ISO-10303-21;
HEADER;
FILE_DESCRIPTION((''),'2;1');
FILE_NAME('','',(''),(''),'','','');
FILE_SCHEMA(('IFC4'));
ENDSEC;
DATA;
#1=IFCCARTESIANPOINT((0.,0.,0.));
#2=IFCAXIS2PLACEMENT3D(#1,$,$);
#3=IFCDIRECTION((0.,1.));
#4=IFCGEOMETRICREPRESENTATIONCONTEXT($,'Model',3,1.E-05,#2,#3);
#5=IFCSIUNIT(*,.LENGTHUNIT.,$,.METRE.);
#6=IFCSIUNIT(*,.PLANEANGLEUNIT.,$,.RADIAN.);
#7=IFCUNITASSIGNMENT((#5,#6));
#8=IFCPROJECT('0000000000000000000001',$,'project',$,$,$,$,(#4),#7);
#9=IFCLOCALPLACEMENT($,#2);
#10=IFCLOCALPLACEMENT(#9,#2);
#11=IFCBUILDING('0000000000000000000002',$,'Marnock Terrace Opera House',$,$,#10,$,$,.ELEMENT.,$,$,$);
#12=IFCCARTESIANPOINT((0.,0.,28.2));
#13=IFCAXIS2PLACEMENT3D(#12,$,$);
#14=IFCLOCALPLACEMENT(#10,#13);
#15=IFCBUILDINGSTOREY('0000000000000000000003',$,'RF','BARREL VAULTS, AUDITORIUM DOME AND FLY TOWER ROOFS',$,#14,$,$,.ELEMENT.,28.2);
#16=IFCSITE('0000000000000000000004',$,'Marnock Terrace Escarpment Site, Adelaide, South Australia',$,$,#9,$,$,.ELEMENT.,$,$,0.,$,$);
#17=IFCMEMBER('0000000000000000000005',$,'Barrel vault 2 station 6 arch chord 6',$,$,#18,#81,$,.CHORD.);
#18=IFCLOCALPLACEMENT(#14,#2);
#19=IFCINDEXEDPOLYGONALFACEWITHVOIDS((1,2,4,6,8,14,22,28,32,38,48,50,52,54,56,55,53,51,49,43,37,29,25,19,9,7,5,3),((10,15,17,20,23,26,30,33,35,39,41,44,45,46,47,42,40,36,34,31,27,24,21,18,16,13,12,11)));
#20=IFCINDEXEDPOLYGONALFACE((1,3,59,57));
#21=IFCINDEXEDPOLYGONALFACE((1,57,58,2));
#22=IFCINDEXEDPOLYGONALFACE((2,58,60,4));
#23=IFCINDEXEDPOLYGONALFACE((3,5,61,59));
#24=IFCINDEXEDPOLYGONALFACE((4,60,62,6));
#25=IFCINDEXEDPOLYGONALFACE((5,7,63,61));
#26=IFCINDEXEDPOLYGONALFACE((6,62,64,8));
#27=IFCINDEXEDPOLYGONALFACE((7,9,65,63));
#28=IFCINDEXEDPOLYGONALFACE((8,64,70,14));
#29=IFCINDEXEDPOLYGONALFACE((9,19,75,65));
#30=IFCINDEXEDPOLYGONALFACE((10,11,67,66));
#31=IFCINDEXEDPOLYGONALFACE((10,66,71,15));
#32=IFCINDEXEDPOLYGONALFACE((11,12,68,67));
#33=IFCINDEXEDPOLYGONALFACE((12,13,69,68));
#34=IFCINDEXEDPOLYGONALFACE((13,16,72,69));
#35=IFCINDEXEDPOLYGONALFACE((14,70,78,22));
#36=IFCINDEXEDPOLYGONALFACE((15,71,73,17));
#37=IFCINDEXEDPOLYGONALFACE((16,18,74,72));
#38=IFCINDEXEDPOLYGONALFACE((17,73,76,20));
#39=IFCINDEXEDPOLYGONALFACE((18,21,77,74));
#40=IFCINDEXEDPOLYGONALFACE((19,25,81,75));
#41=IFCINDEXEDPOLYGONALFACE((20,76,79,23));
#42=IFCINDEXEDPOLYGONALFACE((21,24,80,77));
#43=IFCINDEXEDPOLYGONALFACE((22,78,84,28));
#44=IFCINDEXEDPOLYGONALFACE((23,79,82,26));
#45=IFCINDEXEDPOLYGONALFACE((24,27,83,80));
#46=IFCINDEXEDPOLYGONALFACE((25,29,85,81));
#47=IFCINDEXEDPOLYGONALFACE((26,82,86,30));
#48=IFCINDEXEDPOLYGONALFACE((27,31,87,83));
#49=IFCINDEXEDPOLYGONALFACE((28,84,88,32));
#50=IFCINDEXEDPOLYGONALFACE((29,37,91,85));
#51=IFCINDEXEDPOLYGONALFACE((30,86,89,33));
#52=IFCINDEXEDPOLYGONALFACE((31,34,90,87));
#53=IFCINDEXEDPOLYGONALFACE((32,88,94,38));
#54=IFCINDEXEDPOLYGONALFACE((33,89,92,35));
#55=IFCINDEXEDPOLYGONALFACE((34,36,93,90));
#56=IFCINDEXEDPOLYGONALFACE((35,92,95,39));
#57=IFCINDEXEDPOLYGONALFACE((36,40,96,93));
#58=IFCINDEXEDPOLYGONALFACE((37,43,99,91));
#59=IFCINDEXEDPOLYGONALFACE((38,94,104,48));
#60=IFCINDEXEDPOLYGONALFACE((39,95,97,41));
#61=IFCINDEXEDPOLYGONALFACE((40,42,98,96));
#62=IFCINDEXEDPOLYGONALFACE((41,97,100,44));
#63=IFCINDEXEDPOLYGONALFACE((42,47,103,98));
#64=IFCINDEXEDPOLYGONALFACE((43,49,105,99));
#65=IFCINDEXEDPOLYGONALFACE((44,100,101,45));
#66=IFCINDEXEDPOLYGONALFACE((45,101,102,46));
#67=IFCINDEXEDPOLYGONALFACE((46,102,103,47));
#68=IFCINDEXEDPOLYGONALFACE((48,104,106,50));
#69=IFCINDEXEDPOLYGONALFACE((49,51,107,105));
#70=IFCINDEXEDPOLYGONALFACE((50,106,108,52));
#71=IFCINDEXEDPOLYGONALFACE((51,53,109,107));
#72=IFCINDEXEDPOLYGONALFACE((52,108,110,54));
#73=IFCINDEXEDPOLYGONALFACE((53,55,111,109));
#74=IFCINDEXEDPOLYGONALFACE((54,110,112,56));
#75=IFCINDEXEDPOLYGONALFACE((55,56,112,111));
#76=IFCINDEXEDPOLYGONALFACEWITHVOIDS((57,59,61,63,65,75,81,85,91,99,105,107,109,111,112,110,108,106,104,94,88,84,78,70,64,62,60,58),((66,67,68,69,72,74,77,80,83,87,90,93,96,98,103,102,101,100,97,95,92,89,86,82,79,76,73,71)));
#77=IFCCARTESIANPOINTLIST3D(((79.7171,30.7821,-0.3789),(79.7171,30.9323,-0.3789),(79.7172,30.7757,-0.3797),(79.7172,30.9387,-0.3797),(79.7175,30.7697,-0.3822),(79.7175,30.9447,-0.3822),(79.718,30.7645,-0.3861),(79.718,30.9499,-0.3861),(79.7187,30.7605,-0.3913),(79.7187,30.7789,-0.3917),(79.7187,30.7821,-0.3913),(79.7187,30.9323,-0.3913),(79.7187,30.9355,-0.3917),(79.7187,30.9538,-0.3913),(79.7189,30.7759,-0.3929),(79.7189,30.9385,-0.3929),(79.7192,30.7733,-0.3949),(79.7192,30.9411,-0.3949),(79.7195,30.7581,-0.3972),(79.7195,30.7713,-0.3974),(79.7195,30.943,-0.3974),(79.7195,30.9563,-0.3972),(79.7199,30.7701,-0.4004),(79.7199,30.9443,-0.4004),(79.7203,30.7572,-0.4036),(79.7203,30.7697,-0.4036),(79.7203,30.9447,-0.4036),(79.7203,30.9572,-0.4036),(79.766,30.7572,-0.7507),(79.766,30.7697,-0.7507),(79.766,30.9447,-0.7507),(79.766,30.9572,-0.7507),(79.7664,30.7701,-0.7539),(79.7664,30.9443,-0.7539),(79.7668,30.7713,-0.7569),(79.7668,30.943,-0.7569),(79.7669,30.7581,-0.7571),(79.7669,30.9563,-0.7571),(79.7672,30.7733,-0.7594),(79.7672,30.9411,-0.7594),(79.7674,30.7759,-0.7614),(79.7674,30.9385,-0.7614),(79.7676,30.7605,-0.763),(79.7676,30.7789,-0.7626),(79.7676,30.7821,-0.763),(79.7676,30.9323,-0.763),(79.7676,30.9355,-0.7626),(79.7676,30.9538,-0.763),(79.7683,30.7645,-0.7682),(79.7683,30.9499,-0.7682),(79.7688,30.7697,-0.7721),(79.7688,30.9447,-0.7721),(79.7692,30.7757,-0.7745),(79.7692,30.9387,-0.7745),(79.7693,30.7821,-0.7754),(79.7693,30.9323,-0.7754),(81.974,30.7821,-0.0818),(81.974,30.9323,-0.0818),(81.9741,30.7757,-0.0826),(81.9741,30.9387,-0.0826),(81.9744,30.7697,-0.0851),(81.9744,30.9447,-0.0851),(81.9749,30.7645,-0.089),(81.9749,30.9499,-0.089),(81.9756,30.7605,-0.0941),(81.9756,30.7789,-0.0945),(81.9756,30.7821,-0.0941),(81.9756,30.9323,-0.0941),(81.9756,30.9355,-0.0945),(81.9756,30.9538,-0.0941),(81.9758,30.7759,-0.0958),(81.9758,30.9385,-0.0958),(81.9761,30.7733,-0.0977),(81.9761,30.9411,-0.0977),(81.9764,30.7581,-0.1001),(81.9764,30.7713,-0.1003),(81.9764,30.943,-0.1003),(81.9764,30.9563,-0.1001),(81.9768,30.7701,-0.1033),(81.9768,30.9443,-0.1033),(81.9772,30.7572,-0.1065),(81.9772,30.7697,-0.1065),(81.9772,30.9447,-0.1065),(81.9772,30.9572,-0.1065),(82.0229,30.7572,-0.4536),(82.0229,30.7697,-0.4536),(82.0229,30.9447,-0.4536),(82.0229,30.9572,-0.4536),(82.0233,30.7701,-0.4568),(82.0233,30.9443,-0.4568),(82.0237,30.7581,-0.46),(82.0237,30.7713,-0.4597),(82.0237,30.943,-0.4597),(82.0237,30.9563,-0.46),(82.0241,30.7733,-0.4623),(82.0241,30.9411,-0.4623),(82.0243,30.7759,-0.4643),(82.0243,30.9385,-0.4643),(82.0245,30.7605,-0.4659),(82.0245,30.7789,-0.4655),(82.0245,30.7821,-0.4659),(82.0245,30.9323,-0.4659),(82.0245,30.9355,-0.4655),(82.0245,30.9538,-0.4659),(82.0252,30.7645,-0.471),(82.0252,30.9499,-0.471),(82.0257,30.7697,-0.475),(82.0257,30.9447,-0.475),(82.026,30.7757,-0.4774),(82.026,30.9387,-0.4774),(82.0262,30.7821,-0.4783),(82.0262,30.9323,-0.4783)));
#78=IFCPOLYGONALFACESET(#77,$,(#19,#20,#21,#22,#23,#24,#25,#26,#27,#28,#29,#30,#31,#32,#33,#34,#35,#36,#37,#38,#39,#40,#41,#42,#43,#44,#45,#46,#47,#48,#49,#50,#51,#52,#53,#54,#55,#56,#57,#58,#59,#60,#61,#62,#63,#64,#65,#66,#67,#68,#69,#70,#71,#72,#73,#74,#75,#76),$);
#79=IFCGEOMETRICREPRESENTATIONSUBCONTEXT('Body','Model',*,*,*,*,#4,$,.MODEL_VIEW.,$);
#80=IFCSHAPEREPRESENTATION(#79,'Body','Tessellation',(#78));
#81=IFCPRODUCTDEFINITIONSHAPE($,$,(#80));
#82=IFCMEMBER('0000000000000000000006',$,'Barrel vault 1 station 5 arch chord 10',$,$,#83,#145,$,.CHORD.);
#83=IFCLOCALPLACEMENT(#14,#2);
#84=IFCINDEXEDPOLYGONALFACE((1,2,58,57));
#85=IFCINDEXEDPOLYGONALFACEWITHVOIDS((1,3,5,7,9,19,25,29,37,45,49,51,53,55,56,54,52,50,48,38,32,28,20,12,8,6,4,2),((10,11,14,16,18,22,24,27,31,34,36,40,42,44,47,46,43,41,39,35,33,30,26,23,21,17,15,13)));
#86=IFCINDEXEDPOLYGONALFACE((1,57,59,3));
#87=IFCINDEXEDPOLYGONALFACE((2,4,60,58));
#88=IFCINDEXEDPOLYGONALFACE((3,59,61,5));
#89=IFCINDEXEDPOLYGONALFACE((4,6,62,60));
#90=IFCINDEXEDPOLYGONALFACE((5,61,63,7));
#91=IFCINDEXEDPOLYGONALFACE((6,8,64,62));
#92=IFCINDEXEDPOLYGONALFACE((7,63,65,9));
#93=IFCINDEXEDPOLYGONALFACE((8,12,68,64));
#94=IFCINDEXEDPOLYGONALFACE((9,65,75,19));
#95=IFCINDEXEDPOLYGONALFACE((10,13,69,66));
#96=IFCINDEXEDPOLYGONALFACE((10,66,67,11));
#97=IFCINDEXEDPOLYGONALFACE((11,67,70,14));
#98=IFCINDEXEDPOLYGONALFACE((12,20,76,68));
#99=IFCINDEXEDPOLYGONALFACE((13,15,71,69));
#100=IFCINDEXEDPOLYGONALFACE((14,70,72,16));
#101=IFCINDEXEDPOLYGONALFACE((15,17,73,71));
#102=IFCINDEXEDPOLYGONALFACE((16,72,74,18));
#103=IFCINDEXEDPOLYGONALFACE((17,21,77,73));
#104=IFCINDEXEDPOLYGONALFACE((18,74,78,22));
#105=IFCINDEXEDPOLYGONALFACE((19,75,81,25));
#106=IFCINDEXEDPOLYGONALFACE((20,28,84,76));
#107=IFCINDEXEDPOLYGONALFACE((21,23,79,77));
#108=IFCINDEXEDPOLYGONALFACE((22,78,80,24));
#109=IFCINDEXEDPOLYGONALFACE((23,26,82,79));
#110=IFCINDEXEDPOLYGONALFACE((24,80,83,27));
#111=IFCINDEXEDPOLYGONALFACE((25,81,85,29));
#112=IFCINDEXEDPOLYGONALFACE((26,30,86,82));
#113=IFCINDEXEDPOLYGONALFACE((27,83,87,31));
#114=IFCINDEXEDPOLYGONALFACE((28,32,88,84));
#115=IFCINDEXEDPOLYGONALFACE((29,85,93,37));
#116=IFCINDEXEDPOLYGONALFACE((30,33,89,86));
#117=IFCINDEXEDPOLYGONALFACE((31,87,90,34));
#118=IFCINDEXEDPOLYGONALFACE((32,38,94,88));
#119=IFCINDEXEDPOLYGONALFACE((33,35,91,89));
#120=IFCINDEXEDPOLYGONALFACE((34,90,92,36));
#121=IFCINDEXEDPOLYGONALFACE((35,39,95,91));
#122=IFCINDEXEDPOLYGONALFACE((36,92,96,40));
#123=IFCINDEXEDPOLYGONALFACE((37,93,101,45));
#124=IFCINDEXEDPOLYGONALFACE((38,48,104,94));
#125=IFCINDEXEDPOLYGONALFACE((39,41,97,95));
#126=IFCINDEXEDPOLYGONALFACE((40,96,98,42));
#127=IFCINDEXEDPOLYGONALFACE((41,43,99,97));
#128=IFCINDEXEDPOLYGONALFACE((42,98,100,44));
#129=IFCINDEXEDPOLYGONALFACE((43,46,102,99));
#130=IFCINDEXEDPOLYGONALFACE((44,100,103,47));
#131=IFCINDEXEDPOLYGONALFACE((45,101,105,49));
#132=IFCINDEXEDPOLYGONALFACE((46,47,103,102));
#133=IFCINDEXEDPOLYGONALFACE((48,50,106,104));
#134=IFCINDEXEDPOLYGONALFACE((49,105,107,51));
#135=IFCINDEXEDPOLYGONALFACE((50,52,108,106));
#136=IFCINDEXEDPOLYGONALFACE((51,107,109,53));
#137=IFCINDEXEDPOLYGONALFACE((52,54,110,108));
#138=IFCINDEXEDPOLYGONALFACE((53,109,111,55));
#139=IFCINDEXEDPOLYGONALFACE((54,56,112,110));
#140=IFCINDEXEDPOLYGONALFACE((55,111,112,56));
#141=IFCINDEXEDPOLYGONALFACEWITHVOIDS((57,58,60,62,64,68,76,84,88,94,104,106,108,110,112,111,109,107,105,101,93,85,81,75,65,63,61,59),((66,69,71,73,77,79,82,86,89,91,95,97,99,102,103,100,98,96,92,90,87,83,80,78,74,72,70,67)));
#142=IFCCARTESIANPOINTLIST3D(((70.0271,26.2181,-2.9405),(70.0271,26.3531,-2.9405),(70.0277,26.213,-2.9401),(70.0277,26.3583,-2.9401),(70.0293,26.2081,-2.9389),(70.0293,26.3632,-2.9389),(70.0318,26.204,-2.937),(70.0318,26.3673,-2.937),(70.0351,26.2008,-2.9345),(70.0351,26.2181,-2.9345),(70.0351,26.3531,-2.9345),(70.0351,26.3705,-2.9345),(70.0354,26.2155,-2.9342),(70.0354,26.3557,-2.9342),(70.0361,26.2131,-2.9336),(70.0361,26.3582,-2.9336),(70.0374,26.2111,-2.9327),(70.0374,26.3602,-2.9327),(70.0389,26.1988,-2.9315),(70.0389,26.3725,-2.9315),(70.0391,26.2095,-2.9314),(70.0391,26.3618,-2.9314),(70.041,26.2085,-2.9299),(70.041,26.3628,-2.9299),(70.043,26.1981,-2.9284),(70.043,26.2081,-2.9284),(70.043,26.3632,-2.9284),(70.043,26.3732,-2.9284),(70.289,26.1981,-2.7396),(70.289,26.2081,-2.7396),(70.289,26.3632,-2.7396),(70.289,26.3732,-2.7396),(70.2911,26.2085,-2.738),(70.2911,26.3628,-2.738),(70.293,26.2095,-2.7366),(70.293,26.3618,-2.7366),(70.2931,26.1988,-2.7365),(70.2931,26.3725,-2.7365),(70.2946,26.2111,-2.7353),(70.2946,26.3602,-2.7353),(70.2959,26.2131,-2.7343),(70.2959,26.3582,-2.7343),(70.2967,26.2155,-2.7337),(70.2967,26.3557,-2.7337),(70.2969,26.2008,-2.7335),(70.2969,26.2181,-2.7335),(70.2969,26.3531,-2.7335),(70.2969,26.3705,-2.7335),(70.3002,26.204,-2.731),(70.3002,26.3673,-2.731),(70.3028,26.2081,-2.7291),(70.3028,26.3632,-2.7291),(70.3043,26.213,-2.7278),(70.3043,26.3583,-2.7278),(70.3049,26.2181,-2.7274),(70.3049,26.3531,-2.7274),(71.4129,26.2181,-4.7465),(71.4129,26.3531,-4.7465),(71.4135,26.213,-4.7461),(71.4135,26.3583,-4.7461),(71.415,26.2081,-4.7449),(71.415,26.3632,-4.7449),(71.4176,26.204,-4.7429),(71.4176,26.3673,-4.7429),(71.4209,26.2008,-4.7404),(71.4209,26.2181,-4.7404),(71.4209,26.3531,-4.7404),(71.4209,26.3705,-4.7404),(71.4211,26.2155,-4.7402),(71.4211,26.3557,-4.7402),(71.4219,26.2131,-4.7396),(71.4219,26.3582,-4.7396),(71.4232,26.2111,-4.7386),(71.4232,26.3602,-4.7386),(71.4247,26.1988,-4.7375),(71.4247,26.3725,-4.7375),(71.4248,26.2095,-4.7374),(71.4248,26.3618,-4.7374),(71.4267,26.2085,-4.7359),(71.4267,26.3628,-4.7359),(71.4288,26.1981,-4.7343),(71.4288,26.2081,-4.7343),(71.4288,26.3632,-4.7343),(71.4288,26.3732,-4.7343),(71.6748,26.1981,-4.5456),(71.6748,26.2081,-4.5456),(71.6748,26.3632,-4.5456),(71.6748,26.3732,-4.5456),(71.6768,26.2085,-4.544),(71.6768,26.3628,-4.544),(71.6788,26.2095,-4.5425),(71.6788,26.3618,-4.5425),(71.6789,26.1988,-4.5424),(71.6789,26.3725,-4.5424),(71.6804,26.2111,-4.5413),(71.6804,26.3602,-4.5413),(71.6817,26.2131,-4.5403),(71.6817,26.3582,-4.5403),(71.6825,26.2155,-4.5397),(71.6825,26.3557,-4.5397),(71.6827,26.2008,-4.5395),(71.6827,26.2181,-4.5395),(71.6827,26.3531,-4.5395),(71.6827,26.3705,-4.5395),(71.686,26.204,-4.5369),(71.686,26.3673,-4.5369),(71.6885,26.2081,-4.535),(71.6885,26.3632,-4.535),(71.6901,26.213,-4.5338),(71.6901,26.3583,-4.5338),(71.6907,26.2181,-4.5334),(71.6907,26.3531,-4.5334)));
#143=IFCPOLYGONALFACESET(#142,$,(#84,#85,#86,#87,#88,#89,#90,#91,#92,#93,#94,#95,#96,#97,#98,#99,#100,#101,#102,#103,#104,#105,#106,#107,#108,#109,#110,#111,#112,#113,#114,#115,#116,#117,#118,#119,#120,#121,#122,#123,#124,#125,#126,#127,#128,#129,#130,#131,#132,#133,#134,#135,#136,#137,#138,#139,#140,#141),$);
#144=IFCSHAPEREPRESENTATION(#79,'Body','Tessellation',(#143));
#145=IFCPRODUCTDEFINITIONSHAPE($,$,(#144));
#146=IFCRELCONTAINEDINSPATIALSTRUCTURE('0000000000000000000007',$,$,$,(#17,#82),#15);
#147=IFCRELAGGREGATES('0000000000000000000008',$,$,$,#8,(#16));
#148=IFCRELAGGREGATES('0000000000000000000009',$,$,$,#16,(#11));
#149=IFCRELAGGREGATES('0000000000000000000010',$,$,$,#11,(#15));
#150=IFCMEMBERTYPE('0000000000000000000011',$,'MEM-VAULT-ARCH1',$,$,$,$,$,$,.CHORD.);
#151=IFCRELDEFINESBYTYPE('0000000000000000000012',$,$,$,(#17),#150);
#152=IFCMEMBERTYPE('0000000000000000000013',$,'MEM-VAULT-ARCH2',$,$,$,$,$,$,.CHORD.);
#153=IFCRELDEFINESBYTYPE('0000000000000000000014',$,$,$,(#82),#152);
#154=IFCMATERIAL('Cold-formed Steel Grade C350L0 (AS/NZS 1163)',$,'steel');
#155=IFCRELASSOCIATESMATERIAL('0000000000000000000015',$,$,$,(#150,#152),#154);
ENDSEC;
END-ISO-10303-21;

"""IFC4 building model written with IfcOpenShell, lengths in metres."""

from ifc_helpers import new_model, si_unit, direction, frame, origin, origin_2d, place, context, subcontext, project, spatial, hollow_rectangle, extrude, material, material_profile, profile_set, type_object, element, save


model = new_model("IFC4")

# Units and contexts
model_context = context("Model", 3, precision=1e-05, world=origin(), true_north=direction((0.0, 1.0)))
body_context = subcontext(model_context, "Body", "Model", "MODEL_VIEW")
ifc_project = project(units=[si_unit("LENGTHUNIT", "METRE"), si_unit("PLANEANGLEUNIT", "RADIAN")], contexts=[model_context])

# Site, building, storey
site_placement = place(None, origin())
site = spatial("IfcSite", under=ifc_project, at=site_placement, Name="Marnock Terrace Escarpment Site, Adelaide, South Australia", CompositionType="ELEMENT", RefElevation=0.0)
building_placement = place(site_placement, origin())
building = spatial("IfcBuilding", under=site, at=building_placement, Name="Marnock Terrace Opera House", CompositionType="ELEMENT")
storey_placement = place(building_placement, frame((0.0, 0.0, 28.2)))
storey = spatial("IfcBuildingStorey", under=building, at=storey_placement, Name="RF", Description="BARREL VAULTS, AUDITORIUM DOME AND FLY TOWER ROOFS", CompositionType="ELEMENT", Elevation=28.2)

# Members
ifc_material = material(Name="Cold-formed Steel Grade C350L0 (AS/NZS 1163)", Category="steel")
ifc_material_profile_1 = material_profile(ifc_material, hollow_rectangle(XDim=0.2, YDim=0.3999, WallThickness=0.0125, InnerFilletRadius=0.0125, OuterFilletRadius=0.0249, at=origin_2d()))
ifc_profile_set_1 = profile_set([ifc_material_profile_1], Name="Cold-formed Steel Grade C350L0 (AS/NZS 1163)")
member_type_1 = type_object("IfcMemberType", Name="MEM-VAULT-ARCH1", PredefinedType="CHORD", material=ifc_profile_set_1)
member_1_placement = place(storey_placement, frame((79.7432, 30.8572, -0.5771), z_axis=(0.991445, 0.0, 0.130527), x_axis=(0.0, 1.0, 0.0)))
element("IfcMember", 1, at=member_1_placement, inside=storey, type_object=member_type_1, Name="Barrel vault 2 station 6 arch chord 6", PredefinedType="CHORD", context=body_context, shape_type="SweptSolid", body=[
    extrude(hollow_rectangle(XDim=0.2, YDim=0.3999, WallThickness=0.0125, InnerFilletRadius=0.0125, OuterFilletRadius=0.0249, at=origin_2d()), origin(), (0.0, 0.0, 1.0), 2.2764),
])
ifc_material_profile_2 = material_profile(ifc_material, hollow_rectangle(XDim=0.175, YDim=0.3501, WallThickness=0.01, InnerFilletRadius=0.01, OuterFilletRadius=0.02, at=origin_2d()))
ifc_profile_set_2 = profile_set([ifc_material_profile_2], Name="Cold-formed Steel Grade C350L0 (AS/NZS 1163)")
member_type_2 = type_object("IfcMemberType", Name="MEM-VAULT-ARCH2", PredefinedType="CHORD", material=ifc_profile_set_2)
member_2_placement = place(storey_placement, frame((70.166, 26.2856, -2.834), z_axis=(0.608767, 0.0, -0.793349), x_axis=(0.0, 1.0, 0.0)))
element("IfcMember", 2, at=member_2_placement, inside=storey, type_object=member_type_2, Name="Barrel vault 1 station 5 arch chord 10", PredefinedType="CHORD", context=body_context, shape_type="SweptSolid", body=[
    extrude(hollow_rectangle(XDim=0.175, YDim=0.3501, WallThickness=0.01, InnerFilletRadius=0.01, OuterFilletRadius=0.02, at=origin_2d()), origin(), (0.0, 0.0, 1.0), 2.2764),
])

save(model, "model.ifc")
